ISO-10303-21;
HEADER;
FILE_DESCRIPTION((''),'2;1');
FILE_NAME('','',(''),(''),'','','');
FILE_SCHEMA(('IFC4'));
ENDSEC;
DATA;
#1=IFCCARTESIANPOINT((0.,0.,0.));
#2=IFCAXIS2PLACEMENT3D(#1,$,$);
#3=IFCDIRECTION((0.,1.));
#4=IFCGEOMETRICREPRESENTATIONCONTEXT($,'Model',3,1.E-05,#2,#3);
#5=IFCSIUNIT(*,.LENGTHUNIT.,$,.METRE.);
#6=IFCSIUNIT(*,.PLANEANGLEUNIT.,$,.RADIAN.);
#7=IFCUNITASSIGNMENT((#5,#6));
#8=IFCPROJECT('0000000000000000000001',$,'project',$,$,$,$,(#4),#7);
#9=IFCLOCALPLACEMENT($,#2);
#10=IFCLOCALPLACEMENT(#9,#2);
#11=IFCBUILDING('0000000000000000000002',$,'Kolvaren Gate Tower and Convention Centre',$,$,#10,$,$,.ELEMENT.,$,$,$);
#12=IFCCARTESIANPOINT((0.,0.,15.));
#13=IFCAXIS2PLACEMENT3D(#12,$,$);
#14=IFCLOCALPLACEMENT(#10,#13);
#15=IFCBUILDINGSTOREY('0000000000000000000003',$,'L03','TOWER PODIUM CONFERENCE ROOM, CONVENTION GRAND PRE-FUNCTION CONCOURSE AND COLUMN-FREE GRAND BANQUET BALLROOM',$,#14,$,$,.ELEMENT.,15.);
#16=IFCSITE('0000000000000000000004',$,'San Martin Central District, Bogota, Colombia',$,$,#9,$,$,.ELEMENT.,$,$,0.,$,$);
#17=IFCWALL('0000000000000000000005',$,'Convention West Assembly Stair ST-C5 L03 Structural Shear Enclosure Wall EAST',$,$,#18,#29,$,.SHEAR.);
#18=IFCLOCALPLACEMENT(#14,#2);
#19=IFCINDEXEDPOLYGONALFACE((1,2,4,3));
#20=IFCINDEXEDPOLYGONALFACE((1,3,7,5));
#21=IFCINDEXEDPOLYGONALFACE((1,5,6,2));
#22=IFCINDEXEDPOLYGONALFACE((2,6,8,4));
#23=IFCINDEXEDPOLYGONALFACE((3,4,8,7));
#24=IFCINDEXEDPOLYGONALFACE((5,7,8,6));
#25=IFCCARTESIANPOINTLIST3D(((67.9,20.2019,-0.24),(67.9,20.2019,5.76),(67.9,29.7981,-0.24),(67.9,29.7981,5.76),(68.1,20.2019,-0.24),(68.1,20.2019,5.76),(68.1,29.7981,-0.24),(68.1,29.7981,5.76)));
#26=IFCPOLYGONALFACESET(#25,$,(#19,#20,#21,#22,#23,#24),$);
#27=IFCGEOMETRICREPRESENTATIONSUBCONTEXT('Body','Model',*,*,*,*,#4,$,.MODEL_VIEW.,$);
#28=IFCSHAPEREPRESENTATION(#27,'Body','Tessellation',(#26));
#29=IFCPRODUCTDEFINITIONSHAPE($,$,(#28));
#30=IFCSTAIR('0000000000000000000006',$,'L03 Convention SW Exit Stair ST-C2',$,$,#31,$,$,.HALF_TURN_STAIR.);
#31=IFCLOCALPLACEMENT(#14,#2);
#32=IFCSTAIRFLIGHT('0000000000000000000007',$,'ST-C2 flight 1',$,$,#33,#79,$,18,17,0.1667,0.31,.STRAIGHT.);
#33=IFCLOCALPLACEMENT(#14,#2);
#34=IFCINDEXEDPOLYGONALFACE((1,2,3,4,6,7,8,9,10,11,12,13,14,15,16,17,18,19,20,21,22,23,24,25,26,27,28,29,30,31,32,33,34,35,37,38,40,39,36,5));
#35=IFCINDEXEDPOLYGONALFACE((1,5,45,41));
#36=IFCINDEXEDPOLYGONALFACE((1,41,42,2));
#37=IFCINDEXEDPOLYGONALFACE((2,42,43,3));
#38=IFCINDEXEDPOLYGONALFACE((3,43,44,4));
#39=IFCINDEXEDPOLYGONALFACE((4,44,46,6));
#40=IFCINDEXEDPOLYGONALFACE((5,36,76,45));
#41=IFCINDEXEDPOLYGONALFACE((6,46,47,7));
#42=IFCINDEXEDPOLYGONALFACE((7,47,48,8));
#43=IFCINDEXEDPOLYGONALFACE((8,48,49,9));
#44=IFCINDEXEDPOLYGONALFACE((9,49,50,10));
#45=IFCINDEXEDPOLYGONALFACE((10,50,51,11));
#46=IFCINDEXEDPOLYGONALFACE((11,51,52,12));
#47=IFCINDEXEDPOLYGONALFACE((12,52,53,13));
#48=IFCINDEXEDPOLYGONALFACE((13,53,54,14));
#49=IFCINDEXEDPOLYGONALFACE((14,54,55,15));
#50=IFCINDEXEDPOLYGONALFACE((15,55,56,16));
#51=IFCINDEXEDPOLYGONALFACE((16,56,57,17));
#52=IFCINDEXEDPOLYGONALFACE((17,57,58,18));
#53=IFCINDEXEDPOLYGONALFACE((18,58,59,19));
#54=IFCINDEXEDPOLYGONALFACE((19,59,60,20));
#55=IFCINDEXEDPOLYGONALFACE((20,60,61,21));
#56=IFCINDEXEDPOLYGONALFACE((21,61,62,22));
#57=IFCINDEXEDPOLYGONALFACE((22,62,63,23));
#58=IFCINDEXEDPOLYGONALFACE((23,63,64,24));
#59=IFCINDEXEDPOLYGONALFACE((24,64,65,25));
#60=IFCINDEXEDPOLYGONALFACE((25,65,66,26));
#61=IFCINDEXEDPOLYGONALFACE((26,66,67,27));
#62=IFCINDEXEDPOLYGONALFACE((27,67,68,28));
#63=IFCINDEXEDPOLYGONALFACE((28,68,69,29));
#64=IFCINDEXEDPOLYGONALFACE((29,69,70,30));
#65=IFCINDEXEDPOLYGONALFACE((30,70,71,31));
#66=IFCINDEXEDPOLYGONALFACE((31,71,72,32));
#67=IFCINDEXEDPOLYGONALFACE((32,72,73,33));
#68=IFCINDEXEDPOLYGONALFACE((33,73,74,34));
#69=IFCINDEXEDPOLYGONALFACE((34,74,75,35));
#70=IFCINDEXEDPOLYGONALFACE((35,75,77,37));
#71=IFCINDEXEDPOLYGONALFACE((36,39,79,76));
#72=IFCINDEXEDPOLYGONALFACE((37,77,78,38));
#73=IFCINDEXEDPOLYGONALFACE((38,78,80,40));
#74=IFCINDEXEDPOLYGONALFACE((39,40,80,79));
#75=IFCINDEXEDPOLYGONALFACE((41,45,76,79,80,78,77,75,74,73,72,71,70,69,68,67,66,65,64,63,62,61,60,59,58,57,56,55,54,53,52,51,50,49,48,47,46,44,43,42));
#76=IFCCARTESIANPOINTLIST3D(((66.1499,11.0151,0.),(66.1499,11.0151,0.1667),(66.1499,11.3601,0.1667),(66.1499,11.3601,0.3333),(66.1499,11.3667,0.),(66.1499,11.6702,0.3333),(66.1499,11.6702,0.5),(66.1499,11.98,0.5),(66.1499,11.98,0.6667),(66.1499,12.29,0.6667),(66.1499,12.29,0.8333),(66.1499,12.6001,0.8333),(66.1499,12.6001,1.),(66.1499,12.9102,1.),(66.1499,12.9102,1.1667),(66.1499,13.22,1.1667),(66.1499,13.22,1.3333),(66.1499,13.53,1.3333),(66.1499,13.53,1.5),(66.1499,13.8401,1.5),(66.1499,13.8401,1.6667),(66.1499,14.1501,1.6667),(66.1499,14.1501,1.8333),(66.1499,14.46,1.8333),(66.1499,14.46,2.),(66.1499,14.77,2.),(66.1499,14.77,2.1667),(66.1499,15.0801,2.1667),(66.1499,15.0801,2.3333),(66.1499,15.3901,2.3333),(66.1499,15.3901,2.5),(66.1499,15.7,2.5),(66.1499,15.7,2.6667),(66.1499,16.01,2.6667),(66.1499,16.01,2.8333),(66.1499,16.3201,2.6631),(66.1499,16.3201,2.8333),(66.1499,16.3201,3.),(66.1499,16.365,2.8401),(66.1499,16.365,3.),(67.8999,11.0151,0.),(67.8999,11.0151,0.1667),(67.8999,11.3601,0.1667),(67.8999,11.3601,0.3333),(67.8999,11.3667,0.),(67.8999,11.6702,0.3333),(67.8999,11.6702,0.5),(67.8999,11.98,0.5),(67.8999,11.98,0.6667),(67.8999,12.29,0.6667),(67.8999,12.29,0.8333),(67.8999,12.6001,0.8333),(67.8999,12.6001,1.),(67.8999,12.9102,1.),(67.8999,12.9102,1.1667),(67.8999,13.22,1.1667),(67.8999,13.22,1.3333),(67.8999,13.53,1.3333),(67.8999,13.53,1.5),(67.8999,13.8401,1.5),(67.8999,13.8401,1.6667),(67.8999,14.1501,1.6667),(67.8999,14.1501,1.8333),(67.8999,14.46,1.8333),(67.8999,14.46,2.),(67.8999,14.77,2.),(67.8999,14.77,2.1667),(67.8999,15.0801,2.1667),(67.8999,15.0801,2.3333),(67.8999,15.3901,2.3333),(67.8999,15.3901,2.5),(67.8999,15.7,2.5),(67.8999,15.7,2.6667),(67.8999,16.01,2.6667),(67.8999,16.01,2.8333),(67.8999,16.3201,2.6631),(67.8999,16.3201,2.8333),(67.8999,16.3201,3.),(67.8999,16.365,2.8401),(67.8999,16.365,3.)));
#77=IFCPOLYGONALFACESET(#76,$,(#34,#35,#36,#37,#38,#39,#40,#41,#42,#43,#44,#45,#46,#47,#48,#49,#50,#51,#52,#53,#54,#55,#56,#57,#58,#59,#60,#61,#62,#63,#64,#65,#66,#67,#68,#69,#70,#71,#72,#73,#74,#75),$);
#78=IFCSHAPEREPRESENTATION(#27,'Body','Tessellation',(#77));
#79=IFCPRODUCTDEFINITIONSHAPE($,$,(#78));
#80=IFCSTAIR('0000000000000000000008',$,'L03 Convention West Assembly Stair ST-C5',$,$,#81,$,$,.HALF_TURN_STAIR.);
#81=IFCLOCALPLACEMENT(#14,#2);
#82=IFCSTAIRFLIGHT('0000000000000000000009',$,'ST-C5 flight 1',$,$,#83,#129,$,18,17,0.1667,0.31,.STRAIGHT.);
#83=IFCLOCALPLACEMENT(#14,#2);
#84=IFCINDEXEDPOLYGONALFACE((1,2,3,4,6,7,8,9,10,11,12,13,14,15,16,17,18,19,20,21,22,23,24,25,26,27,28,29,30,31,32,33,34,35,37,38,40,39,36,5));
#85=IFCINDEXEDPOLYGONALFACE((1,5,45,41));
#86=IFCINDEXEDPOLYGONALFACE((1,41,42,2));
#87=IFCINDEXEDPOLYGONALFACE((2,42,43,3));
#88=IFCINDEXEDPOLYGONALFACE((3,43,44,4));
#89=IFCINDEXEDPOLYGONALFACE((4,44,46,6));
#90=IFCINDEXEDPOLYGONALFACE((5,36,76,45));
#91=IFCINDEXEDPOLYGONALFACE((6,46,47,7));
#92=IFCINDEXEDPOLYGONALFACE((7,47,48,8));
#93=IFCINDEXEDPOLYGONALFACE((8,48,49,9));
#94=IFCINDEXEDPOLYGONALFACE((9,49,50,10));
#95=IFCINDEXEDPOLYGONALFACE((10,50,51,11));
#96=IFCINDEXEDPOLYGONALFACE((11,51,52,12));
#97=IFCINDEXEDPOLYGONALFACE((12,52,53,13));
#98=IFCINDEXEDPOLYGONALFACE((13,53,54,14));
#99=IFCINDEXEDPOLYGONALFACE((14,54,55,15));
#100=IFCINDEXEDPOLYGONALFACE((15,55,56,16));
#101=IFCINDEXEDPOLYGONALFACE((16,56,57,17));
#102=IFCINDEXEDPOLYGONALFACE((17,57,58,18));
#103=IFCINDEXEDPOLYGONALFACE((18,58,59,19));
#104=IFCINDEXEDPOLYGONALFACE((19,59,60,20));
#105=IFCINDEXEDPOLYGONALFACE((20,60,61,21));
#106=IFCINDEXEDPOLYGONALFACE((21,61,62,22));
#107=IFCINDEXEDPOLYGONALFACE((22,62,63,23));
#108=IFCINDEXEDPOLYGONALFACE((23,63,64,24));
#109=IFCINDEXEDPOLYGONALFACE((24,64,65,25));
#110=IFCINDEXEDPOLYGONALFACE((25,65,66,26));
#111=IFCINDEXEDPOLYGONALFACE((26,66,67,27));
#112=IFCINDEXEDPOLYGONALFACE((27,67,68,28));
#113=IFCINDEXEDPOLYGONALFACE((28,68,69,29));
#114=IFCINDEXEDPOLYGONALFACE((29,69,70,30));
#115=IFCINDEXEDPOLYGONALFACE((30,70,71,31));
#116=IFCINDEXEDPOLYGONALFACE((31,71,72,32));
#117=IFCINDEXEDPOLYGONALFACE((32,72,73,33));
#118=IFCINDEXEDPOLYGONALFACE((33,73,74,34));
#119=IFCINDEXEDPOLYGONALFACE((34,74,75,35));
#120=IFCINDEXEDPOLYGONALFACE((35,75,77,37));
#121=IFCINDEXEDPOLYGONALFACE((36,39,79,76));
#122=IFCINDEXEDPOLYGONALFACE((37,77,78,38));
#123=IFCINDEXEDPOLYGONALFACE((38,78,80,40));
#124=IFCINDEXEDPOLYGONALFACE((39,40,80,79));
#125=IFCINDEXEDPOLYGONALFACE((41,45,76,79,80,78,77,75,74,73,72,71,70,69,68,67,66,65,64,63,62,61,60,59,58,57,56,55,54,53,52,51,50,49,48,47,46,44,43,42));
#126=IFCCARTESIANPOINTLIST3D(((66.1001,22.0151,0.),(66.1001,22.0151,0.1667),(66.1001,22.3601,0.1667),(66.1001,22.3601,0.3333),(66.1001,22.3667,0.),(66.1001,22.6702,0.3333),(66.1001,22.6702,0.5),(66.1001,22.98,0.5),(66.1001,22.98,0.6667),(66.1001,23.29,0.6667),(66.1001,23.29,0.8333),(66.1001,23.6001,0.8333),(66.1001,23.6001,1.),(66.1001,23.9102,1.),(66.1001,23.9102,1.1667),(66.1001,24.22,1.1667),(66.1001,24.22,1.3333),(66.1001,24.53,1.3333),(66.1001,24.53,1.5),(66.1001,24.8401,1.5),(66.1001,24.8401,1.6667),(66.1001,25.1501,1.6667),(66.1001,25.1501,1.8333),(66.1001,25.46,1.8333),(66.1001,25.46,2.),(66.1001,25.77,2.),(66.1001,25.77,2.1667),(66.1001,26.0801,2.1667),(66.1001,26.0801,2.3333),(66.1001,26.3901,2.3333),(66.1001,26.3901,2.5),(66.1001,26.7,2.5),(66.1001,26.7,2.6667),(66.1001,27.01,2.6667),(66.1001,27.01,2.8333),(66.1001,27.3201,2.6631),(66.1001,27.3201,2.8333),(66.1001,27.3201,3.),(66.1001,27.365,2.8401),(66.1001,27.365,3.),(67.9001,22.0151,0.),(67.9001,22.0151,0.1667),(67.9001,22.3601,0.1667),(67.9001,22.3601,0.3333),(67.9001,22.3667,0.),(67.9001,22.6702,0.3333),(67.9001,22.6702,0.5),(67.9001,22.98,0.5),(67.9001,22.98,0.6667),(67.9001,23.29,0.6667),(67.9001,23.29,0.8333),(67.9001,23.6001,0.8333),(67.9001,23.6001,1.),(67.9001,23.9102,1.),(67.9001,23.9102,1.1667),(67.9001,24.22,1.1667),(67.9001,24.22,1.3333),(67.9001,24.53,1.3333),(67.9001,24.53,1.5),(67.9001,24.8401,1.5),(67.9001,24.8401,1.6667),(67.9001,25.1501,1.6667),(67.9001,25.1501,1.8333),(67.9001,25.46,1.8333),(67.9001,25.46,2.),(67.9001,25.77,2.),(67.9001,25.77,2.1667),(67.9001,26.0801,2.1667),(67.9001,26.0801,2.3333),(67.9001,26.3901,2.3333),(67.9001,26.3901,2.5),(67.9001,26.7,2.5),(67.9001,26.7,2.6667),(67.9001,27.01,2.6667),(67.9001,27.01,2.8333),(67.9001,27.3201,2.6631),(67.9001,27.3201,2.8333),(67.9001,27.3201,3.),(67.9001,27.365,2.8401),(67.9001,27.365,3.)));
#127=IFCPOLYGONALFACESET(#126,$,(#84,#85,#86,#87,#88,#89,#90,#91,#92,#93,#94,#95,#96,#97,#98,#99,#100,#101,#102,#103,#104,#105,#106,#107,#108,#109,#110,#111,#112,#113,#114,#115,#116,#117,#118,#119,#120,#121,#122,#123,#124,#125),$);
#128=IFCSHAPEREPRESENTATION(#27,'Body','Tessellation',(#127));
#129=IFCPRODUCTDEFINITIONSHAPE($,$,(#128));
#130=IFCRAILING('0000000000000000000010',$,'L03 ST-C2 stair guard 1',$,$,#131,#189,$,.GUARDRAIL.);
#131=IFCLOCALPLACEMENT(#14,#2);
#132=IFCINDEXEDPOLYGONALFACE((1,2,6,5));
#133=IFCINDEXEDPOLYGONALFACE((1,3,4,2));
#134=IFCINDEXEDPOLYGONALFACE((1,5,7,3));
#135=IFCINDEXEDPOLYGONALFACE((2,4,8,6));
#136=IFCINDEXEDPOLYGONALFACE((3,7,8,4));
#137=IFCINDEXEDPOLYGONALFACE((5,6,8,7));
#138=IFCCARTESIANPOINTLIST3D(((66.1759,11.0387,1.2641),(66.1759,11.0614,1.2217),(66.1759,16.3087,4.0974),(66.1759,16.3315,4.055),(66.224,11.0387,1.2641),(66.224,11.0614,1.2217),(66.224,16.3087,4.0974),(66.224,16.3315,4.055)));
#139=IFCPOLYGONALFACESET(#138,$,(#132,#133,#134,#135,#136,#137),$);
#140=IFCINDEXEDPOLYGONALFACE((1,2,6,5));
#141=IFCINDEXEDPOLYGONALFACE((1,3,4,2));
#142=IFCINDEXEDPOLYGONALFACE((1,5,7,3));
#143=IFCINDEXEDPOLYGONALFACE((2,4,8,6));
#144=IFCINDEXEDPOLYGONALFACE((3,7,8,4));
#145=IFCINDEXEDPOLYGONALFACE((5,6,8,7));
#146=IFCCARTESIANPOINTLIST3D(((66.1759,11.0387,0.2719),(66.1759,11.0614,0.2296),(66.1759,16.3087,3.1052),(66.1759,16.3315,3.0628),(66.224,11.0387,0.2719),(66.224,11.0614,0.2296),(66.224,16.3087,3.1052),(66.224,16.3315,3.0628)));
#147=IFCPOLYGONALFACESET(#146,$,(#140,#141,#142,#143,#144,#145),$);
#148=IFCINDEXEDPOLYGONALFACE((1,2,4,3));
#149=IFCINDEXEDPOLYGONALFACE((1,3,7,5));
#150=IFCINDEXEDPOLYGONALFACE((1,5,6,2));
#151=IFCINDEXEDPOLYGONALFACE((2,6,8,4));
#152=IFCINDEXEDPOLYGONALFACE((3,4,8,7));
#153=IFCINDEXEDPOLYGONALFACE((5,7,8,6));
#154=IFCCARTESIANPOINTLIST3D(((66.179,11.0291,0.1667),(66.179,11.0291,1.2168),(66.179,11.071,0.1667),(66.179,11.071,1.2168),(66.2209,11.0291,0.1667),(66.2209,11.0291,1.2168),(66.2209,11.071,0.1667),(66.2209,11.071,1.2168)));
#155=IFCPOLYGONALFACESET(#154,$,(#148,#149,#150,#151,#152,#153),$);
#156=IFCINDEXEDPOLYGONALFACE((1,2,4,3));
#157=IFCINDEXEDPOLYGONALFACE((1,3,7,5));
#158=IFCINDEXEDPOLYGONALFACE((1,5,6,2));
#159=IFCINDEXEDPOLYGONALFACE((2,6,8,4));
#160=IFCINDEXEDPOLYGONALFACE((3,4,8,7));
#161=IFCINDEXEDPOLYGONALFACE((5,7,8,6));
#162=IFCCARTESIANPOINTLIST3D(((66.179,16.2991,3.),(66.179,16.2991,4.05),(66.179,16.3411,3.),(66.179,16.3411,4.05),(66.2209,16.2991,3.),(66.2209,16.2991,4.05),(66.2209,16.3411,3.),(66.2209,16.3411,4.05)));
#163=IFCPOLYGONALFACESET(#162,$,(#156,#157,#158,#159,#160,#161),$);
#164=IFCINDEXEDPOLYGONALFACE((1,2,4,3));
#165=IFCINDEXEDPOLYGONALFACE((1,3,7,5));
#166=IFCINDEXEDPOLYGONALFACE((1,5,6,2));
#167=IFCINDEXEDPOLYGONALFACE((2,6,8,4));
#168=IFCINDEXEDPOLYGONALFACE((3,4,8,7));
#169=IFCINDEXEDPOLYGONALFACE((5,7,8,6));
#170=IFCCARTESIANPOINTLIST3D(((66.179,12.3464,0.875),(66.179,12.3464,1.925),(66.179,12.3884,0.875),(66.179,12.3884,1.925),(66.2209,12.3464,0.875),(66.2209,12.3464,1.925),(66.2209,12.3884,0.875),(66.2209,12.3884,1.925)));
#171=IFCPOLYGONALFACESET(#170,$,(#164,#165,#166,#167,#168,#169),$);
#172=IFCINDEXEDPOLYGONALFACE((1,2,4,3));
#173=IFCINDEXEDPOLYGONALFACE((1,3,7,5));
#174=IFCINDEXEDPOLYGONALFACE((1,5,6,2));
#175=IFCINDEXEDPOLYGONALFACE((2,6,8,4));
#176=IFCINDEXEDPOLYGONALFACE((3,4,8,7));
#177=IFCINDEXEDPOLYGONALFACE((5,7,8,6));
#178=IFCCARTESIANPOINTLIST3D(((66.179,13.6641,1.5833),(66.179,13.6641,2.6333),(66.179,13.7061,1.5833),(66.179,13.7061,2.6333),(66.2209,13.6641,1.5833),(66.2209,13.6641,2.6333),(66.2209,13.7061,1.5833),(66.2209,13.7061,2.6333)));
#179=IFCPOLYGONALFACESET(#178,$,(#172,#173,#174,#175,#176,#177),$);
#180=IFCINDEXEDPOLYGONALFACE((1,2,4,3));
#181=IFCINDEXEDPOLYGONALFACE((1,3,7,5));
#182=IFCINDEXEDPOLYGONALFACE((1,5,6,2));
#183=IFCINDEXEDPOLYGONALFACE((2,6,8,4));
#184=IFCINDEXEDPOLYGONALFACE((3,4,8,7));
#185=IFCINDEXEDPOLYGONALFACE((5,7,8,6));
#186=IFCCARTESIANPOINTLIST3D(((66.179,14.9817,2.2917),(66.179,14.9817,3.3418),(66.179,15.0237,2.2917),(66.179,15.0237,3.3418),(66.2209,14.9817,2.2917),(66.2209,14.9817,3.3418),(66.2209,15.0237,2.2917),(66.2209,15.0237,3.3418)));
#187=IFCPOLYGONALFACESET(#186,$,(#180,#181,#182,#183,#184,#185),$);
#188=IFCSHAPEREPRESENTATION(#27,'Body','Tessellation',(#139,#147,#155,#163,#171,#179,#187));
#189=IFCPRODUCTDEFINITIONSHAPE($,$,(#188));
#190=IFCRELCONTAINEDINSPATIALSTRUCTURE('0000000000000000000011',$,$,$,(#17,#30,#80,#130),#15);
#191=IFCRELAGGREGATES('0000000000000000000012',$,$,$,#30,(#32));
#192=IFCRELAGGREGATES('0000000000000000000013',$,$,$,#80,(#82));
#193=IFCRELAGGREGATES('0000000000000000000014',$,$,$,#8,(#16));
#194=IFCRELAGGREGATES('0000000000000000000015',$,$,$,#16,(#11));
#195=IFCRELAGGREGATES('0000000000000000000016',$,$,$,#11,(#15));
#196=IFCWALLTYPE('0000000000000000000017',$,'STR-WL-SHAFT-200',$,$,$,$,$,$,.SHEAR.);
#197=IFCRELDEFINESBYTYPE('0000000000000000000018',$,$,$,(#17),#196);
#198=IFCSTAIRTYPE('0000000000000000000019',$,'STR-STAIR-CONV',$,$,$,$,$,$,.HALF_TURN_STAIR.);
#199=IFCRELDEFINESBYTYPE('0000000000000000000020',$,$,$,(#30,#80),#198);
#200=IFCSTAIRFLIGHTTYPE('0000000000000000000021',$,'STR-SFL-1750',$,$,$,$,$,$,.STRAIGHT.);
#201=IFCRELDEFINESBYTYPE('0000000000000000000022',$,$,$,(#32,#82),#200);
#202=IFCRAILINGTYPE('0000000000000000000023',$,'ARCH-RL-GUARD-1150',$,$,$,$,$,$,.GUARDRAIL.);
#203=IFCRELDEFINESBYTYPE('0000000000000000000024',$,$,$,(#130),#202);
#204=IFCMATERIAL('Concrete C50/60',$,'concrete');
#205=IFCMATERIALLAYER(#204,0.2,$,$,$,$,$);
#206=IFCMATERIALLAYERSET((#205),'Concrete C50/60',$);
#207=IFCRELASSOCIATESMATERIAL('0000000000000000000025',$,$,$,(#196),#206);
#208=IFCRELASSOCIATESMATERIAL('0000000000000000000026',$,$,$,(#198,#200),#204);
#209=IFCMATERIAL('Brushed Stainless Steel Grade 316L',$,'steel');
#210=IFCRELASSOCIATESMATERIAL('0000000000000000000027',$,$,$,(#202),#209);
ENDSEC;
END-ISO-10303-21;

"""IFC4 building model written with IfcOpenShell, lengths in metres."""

from ifc_helpers import new_model, si_unit, direction, frame, frame_2d, origin, origin_2d, place, context, subcontext, project, spatial, polyline, rectangle, outline, extrude, material, layer, layer_set, type_object, element, aggregate, save


model = new_model("IFC4")

# Units and contexts
model_context = context("Model", 3, precision=1e-05, world=origin(), true_north=direction((0.0, 1.0)))
body_context = subcontext(model_context, "Body", "Model", "MODEL_VIEW")
ifc_project = project(units=[si_unit("LENGTHUNIT", "METRE"), si_unit("PLANEANGLEUNIT", "RADIAN")], contexts=[model_context])

# Site, building, storey
site_placement = place(None, origin())
site = spatial("IfcSite", under=ifc_project, at=site_placement, Name="San Martin Central District, Bogota, Colombia", CompositionType="ELEMENT", RefElevation=0.0)
building_placement = place(site_placement, origin())
building = spatial("IfcBuilding", under=site, at=building_placement, Name="Kolvaren Gate Tower and Convention Centre", CompositionType="ELEMENT")
storey_placement = place(building_placement, frame((0.0, 0.0, 15.0)))
storey = spatial("IfcBuildingStorey", under=building, at=storey_placement, Name="L03", Description="TOWER PODIUM CONFERENCE ROOM, CONVENTION GRAND PRE-FUNCTION CONCOURSE AND COLUMN-FREE GRAND BANQUET BALLROOM", CompositionType="ELEMENT", Elevation=15.0)

# Wall
ifc_material_1 = material(Name="Concrete C50/60", Category="concrete")
ifc_layer_1 = layer(ifc_material_1, 0.2)
ifc_layer_set_1 = layer_set([ifc_layer_1], Name="Concrete C50/60")
wall_type_1 = type_object("IfcWallType", Name="STR-WL-SHAFT-200", PredefinedType="SHEAR", material=ifc_layer_set_1)
for number, where, z_axis, x_axis, name in (
    (1, (68.0, 20.2019, -0.24), (0.0, 0.0, 1.0), (0.0, 1.0, 0.0), "Convention West Assembly Stair ST-C5 L03 Structural Shear Enclosure Wall EAST"),
):
    element("IfcWall", number, at=place(storey_placement, frame(where, z_axis=z_axis, x_axis=x_axis)), inside=storey, type_object=wall_type_1, Name=name, PredefinedType="SHEAR", context=body_context, shape_type="SweptSolid", body=[
        extrude(rectangle(XDim=9.5962, YDim=0.2, at=frame_2d((4.7981, 0.0))), origin(), (0.0, 0.0, 1.0), 6.0),
    ])

# Stairs, stair flights
stair_type = type_object("IfcStairType", Name="STR-STAIR-CONV", PredefinedType="HALF_TURN_STAIR", material=ifc_material_1)
stair_1_placement = place(storey_placement, origin())
stair_1 = element("IfcStair", 2, at=stair_1_placement, inside=storey, type_object=stair_type, Name="L03 Convention SW Exit Stair ST-C2", PredefinedType="HALF_TURN_STAIR")
stair_flight_type = type_object("IfcStairFlightType", Name="STR-SFL-1750", PredefinedType="STRAIGHT", material=ifc_material_1)
stair_flight_1_placement = place(storey_placement, frame((67.0249, 11.05, 0.0), z_axis=(0.0, 0.0, 1.0), x_axis=(0.0, 1.0, 0.0)))
stair_flight_1 = element("IfcStairFlight", 3, at=stair_flight_1_placement, type_object=stair_flight_type, Name="ST-C2 flight 1", NumberOfRisers=18, NumberOfTreads=17, PredefinedType="STRAIGHT", RiserHeight=0.1667, TreadLength=0.31, context=body_context, shape_type="SweptSolid", body=[
    extrude(outline(polyline([(-0.0349, 0.0), (-0.0349, 0.1667), (0.3101, 0.1667), (0.3101, 0.3333), (0.6201, 0.3333), (0.6201, 0.5), (0.9299, 0.5), (0.9299, 0.6667), (1.24, 0.6667), (1.24, 0.8333), (1.55, 0.8333), (1.55, 1.0), (1.8601, 1.0), (1.8601, 1.1667), (2.1699, 1.1667), (2.1699, 1.3333), (2.48, 1.3333), (2.48, 1.5), (2.79, 1.5), (2.79, 1.6667), (3.1001, 1.6667), (3.1001, 1.8333), (3.4099, 1.8333), (3.4099, 2.0), (3.72, 2.0), (3.72, 2.1667), (4.03, 2.1667), (4.03, 2.3333), (4.3401, 2.3333), (4.3401, 2.5), (4.6499, 2.5), (4.6499, 2.6667), (4.96, 2.6667), (4.96, 2.8333), (5.27, 2.8333), (5.27, 3.0), (5.3149, 3.0), (5.3149, 2.8401), (5.27, 2.6631), (0.3167, 0.0), (-0.0349, 0.0)])), frame((0.0, 0.875, 0.0), z_axis=(0.0, -1.0, 0.0), x_axis=(1.0, 0.0, 0.0)), (0.0, 0.0, 1.0), 1.75),
])
aggregate(stair_1, [stair_flight_1])
stair_2_placement = place(storey_placement, origin())
stair_2 = element("IfcStair", 4, at=stair_2_placement, inside=storey, type_object=stair_type, Name="L03 Convention West Assembly Stair ST-C5", PredefinedType="HALF_TURN_STAIR")
stair_flight_2_placement = place(storey_placement, frame((67.0, 22.05, 0.0), z_axis=(0.0, 0.0, 1.0), x_axis=(0.0, 1.0, 0.0)))
stair_flight_2 = element("IfcStairFlight", 5, at=stair_flight_2_placement, type_object=stair_flight_type, Name="ST-C5 flight 1", NumberOfRisers=18, NumberOfTreads=17, PredefinedType="STRAIGHT", RiserHeight=0.1667, TreadLength=0.31, context=body_context, shape_type="SweptSolid", body=[
    extrude(outline(polyline([(-0.0349, 0.0), (-0.0349, 0.1667), (0.3101, 0.1667), (0.3101, 0.3333), (0.6201, 0.3333), (0.6201, 0.5), (0.9299, 0.5), (0.9299, 0.6667), (1.24, 0.6667), (1.24, 0.8333), (1.55, 0.8333), (1.55, 1.0), (1.8601, 1.0), (1.8601, 1.1667), (2.1699, 1.1667), (2.1699, 1.3333), (2.48, 1.3333), (2.48, 1.5), (2.79, 1.5), (2.79, 1.6667), (3.1001, 1.6667), (3.1001, 1.8333), (3.4099, 1.8333), (3.4099, 2.0), (3.72, 2.0), (3.72, 2.1667), (4.03, 2.1667), (4.03, 2.3333), (4.3401, 2.3333), (4.3401, 2.5), (4.6499, 2.5), (4.6499, 2.6667), (4.96, 2.6667), (4.96, 2.8333), (5.27, 2.8333), (5.27, 3.0), (5.3149, 3.0), (5.3149, 2.8401), (5.27, 2.6631), (0.3167, 0.0), (-0.0349, 0.0)])), frame((0.0, 0.8999, 0.0), z_axis=(0.0, -1.0, 0.0), x_axis=(1.0, 0.0, 0.0)), (0.0, 0.0, 1.0), 1.8),
])
aggregate(stair_2, [stair_flight_2])

# Railing
ifc_material_2 = material(Name="Brushed Stainless Steel Grade 316L", Category="steel")
railing_type_1 = type_object("IfcRailingType", Name="ARCH-RL-GUARD-1150", PredefinedType="GUARDRAIL", material=ifc_material_2)
railing_1_placement = place(storey_placement, frame((66.2, 11.05, 0.1667)))
element("IfcRailing", 6, at=railing_1_placement, inside=storey, type_object=railing_type_1, Name="L03 ST-C2 stair guard 1", PredefinedType="GUARDRAIL", context=body_context, shape_type="SweptSolid", body=[
    extrude(rectangle(XDim=0.0481, YDim=0.0481, at=origin_2d()), frame((0.0, 0.0, 1.0762), z_axis=(0.0, 0.880781, 0.473523), x_axis=(-1.0, 0.0, 0.0)), (0.0, 0.0, 1.0), 5.9834),
    extrude(rectangle(XDim=0.0481, YDim=0.0481, at=origin_2d()), frame((0.0, 0.0, 0.084), z_axis=(0.0, 0.880781, 0.473523), x_axis=(-1.0, 0.0, 0.0)), (0.0, 0.0, 1.0), 5.9834),
    extrude(rectangle(XDim=0.042, YDim=0.042, at=origin_2d()), origin(), (0.0, 0.0, 1.0), 1.05),
    extrude(rectangle(XDim=0.042, YDim=0.042, at=origin_2d()), frame((0.0, 5.27, 2.8333)), (0.0, 0.0, 1.0), 1.05),
    extrude(rectangle(XDim=0.042, YDim=0.042, at=origin_2d()), frame((0.0, 1.3174, 0.7083)), (0.0, 0.0, 1.0), 1.05),
    extrude(rectangle(XDim=0.042, YDim=0.042, at=origin_2d()), frame((0.0, 2.635, 1.4165)), (0.0, 0.0, 1.0), 1.05),
    extrude(rectangle(XDim=0.042, YDim=0.042, at=origin_2d()), frame((0.0, 3.9526, 2.125)), (0.0, 0.0, 1.0), 1.05),
])

save(model, "model.ifc")
